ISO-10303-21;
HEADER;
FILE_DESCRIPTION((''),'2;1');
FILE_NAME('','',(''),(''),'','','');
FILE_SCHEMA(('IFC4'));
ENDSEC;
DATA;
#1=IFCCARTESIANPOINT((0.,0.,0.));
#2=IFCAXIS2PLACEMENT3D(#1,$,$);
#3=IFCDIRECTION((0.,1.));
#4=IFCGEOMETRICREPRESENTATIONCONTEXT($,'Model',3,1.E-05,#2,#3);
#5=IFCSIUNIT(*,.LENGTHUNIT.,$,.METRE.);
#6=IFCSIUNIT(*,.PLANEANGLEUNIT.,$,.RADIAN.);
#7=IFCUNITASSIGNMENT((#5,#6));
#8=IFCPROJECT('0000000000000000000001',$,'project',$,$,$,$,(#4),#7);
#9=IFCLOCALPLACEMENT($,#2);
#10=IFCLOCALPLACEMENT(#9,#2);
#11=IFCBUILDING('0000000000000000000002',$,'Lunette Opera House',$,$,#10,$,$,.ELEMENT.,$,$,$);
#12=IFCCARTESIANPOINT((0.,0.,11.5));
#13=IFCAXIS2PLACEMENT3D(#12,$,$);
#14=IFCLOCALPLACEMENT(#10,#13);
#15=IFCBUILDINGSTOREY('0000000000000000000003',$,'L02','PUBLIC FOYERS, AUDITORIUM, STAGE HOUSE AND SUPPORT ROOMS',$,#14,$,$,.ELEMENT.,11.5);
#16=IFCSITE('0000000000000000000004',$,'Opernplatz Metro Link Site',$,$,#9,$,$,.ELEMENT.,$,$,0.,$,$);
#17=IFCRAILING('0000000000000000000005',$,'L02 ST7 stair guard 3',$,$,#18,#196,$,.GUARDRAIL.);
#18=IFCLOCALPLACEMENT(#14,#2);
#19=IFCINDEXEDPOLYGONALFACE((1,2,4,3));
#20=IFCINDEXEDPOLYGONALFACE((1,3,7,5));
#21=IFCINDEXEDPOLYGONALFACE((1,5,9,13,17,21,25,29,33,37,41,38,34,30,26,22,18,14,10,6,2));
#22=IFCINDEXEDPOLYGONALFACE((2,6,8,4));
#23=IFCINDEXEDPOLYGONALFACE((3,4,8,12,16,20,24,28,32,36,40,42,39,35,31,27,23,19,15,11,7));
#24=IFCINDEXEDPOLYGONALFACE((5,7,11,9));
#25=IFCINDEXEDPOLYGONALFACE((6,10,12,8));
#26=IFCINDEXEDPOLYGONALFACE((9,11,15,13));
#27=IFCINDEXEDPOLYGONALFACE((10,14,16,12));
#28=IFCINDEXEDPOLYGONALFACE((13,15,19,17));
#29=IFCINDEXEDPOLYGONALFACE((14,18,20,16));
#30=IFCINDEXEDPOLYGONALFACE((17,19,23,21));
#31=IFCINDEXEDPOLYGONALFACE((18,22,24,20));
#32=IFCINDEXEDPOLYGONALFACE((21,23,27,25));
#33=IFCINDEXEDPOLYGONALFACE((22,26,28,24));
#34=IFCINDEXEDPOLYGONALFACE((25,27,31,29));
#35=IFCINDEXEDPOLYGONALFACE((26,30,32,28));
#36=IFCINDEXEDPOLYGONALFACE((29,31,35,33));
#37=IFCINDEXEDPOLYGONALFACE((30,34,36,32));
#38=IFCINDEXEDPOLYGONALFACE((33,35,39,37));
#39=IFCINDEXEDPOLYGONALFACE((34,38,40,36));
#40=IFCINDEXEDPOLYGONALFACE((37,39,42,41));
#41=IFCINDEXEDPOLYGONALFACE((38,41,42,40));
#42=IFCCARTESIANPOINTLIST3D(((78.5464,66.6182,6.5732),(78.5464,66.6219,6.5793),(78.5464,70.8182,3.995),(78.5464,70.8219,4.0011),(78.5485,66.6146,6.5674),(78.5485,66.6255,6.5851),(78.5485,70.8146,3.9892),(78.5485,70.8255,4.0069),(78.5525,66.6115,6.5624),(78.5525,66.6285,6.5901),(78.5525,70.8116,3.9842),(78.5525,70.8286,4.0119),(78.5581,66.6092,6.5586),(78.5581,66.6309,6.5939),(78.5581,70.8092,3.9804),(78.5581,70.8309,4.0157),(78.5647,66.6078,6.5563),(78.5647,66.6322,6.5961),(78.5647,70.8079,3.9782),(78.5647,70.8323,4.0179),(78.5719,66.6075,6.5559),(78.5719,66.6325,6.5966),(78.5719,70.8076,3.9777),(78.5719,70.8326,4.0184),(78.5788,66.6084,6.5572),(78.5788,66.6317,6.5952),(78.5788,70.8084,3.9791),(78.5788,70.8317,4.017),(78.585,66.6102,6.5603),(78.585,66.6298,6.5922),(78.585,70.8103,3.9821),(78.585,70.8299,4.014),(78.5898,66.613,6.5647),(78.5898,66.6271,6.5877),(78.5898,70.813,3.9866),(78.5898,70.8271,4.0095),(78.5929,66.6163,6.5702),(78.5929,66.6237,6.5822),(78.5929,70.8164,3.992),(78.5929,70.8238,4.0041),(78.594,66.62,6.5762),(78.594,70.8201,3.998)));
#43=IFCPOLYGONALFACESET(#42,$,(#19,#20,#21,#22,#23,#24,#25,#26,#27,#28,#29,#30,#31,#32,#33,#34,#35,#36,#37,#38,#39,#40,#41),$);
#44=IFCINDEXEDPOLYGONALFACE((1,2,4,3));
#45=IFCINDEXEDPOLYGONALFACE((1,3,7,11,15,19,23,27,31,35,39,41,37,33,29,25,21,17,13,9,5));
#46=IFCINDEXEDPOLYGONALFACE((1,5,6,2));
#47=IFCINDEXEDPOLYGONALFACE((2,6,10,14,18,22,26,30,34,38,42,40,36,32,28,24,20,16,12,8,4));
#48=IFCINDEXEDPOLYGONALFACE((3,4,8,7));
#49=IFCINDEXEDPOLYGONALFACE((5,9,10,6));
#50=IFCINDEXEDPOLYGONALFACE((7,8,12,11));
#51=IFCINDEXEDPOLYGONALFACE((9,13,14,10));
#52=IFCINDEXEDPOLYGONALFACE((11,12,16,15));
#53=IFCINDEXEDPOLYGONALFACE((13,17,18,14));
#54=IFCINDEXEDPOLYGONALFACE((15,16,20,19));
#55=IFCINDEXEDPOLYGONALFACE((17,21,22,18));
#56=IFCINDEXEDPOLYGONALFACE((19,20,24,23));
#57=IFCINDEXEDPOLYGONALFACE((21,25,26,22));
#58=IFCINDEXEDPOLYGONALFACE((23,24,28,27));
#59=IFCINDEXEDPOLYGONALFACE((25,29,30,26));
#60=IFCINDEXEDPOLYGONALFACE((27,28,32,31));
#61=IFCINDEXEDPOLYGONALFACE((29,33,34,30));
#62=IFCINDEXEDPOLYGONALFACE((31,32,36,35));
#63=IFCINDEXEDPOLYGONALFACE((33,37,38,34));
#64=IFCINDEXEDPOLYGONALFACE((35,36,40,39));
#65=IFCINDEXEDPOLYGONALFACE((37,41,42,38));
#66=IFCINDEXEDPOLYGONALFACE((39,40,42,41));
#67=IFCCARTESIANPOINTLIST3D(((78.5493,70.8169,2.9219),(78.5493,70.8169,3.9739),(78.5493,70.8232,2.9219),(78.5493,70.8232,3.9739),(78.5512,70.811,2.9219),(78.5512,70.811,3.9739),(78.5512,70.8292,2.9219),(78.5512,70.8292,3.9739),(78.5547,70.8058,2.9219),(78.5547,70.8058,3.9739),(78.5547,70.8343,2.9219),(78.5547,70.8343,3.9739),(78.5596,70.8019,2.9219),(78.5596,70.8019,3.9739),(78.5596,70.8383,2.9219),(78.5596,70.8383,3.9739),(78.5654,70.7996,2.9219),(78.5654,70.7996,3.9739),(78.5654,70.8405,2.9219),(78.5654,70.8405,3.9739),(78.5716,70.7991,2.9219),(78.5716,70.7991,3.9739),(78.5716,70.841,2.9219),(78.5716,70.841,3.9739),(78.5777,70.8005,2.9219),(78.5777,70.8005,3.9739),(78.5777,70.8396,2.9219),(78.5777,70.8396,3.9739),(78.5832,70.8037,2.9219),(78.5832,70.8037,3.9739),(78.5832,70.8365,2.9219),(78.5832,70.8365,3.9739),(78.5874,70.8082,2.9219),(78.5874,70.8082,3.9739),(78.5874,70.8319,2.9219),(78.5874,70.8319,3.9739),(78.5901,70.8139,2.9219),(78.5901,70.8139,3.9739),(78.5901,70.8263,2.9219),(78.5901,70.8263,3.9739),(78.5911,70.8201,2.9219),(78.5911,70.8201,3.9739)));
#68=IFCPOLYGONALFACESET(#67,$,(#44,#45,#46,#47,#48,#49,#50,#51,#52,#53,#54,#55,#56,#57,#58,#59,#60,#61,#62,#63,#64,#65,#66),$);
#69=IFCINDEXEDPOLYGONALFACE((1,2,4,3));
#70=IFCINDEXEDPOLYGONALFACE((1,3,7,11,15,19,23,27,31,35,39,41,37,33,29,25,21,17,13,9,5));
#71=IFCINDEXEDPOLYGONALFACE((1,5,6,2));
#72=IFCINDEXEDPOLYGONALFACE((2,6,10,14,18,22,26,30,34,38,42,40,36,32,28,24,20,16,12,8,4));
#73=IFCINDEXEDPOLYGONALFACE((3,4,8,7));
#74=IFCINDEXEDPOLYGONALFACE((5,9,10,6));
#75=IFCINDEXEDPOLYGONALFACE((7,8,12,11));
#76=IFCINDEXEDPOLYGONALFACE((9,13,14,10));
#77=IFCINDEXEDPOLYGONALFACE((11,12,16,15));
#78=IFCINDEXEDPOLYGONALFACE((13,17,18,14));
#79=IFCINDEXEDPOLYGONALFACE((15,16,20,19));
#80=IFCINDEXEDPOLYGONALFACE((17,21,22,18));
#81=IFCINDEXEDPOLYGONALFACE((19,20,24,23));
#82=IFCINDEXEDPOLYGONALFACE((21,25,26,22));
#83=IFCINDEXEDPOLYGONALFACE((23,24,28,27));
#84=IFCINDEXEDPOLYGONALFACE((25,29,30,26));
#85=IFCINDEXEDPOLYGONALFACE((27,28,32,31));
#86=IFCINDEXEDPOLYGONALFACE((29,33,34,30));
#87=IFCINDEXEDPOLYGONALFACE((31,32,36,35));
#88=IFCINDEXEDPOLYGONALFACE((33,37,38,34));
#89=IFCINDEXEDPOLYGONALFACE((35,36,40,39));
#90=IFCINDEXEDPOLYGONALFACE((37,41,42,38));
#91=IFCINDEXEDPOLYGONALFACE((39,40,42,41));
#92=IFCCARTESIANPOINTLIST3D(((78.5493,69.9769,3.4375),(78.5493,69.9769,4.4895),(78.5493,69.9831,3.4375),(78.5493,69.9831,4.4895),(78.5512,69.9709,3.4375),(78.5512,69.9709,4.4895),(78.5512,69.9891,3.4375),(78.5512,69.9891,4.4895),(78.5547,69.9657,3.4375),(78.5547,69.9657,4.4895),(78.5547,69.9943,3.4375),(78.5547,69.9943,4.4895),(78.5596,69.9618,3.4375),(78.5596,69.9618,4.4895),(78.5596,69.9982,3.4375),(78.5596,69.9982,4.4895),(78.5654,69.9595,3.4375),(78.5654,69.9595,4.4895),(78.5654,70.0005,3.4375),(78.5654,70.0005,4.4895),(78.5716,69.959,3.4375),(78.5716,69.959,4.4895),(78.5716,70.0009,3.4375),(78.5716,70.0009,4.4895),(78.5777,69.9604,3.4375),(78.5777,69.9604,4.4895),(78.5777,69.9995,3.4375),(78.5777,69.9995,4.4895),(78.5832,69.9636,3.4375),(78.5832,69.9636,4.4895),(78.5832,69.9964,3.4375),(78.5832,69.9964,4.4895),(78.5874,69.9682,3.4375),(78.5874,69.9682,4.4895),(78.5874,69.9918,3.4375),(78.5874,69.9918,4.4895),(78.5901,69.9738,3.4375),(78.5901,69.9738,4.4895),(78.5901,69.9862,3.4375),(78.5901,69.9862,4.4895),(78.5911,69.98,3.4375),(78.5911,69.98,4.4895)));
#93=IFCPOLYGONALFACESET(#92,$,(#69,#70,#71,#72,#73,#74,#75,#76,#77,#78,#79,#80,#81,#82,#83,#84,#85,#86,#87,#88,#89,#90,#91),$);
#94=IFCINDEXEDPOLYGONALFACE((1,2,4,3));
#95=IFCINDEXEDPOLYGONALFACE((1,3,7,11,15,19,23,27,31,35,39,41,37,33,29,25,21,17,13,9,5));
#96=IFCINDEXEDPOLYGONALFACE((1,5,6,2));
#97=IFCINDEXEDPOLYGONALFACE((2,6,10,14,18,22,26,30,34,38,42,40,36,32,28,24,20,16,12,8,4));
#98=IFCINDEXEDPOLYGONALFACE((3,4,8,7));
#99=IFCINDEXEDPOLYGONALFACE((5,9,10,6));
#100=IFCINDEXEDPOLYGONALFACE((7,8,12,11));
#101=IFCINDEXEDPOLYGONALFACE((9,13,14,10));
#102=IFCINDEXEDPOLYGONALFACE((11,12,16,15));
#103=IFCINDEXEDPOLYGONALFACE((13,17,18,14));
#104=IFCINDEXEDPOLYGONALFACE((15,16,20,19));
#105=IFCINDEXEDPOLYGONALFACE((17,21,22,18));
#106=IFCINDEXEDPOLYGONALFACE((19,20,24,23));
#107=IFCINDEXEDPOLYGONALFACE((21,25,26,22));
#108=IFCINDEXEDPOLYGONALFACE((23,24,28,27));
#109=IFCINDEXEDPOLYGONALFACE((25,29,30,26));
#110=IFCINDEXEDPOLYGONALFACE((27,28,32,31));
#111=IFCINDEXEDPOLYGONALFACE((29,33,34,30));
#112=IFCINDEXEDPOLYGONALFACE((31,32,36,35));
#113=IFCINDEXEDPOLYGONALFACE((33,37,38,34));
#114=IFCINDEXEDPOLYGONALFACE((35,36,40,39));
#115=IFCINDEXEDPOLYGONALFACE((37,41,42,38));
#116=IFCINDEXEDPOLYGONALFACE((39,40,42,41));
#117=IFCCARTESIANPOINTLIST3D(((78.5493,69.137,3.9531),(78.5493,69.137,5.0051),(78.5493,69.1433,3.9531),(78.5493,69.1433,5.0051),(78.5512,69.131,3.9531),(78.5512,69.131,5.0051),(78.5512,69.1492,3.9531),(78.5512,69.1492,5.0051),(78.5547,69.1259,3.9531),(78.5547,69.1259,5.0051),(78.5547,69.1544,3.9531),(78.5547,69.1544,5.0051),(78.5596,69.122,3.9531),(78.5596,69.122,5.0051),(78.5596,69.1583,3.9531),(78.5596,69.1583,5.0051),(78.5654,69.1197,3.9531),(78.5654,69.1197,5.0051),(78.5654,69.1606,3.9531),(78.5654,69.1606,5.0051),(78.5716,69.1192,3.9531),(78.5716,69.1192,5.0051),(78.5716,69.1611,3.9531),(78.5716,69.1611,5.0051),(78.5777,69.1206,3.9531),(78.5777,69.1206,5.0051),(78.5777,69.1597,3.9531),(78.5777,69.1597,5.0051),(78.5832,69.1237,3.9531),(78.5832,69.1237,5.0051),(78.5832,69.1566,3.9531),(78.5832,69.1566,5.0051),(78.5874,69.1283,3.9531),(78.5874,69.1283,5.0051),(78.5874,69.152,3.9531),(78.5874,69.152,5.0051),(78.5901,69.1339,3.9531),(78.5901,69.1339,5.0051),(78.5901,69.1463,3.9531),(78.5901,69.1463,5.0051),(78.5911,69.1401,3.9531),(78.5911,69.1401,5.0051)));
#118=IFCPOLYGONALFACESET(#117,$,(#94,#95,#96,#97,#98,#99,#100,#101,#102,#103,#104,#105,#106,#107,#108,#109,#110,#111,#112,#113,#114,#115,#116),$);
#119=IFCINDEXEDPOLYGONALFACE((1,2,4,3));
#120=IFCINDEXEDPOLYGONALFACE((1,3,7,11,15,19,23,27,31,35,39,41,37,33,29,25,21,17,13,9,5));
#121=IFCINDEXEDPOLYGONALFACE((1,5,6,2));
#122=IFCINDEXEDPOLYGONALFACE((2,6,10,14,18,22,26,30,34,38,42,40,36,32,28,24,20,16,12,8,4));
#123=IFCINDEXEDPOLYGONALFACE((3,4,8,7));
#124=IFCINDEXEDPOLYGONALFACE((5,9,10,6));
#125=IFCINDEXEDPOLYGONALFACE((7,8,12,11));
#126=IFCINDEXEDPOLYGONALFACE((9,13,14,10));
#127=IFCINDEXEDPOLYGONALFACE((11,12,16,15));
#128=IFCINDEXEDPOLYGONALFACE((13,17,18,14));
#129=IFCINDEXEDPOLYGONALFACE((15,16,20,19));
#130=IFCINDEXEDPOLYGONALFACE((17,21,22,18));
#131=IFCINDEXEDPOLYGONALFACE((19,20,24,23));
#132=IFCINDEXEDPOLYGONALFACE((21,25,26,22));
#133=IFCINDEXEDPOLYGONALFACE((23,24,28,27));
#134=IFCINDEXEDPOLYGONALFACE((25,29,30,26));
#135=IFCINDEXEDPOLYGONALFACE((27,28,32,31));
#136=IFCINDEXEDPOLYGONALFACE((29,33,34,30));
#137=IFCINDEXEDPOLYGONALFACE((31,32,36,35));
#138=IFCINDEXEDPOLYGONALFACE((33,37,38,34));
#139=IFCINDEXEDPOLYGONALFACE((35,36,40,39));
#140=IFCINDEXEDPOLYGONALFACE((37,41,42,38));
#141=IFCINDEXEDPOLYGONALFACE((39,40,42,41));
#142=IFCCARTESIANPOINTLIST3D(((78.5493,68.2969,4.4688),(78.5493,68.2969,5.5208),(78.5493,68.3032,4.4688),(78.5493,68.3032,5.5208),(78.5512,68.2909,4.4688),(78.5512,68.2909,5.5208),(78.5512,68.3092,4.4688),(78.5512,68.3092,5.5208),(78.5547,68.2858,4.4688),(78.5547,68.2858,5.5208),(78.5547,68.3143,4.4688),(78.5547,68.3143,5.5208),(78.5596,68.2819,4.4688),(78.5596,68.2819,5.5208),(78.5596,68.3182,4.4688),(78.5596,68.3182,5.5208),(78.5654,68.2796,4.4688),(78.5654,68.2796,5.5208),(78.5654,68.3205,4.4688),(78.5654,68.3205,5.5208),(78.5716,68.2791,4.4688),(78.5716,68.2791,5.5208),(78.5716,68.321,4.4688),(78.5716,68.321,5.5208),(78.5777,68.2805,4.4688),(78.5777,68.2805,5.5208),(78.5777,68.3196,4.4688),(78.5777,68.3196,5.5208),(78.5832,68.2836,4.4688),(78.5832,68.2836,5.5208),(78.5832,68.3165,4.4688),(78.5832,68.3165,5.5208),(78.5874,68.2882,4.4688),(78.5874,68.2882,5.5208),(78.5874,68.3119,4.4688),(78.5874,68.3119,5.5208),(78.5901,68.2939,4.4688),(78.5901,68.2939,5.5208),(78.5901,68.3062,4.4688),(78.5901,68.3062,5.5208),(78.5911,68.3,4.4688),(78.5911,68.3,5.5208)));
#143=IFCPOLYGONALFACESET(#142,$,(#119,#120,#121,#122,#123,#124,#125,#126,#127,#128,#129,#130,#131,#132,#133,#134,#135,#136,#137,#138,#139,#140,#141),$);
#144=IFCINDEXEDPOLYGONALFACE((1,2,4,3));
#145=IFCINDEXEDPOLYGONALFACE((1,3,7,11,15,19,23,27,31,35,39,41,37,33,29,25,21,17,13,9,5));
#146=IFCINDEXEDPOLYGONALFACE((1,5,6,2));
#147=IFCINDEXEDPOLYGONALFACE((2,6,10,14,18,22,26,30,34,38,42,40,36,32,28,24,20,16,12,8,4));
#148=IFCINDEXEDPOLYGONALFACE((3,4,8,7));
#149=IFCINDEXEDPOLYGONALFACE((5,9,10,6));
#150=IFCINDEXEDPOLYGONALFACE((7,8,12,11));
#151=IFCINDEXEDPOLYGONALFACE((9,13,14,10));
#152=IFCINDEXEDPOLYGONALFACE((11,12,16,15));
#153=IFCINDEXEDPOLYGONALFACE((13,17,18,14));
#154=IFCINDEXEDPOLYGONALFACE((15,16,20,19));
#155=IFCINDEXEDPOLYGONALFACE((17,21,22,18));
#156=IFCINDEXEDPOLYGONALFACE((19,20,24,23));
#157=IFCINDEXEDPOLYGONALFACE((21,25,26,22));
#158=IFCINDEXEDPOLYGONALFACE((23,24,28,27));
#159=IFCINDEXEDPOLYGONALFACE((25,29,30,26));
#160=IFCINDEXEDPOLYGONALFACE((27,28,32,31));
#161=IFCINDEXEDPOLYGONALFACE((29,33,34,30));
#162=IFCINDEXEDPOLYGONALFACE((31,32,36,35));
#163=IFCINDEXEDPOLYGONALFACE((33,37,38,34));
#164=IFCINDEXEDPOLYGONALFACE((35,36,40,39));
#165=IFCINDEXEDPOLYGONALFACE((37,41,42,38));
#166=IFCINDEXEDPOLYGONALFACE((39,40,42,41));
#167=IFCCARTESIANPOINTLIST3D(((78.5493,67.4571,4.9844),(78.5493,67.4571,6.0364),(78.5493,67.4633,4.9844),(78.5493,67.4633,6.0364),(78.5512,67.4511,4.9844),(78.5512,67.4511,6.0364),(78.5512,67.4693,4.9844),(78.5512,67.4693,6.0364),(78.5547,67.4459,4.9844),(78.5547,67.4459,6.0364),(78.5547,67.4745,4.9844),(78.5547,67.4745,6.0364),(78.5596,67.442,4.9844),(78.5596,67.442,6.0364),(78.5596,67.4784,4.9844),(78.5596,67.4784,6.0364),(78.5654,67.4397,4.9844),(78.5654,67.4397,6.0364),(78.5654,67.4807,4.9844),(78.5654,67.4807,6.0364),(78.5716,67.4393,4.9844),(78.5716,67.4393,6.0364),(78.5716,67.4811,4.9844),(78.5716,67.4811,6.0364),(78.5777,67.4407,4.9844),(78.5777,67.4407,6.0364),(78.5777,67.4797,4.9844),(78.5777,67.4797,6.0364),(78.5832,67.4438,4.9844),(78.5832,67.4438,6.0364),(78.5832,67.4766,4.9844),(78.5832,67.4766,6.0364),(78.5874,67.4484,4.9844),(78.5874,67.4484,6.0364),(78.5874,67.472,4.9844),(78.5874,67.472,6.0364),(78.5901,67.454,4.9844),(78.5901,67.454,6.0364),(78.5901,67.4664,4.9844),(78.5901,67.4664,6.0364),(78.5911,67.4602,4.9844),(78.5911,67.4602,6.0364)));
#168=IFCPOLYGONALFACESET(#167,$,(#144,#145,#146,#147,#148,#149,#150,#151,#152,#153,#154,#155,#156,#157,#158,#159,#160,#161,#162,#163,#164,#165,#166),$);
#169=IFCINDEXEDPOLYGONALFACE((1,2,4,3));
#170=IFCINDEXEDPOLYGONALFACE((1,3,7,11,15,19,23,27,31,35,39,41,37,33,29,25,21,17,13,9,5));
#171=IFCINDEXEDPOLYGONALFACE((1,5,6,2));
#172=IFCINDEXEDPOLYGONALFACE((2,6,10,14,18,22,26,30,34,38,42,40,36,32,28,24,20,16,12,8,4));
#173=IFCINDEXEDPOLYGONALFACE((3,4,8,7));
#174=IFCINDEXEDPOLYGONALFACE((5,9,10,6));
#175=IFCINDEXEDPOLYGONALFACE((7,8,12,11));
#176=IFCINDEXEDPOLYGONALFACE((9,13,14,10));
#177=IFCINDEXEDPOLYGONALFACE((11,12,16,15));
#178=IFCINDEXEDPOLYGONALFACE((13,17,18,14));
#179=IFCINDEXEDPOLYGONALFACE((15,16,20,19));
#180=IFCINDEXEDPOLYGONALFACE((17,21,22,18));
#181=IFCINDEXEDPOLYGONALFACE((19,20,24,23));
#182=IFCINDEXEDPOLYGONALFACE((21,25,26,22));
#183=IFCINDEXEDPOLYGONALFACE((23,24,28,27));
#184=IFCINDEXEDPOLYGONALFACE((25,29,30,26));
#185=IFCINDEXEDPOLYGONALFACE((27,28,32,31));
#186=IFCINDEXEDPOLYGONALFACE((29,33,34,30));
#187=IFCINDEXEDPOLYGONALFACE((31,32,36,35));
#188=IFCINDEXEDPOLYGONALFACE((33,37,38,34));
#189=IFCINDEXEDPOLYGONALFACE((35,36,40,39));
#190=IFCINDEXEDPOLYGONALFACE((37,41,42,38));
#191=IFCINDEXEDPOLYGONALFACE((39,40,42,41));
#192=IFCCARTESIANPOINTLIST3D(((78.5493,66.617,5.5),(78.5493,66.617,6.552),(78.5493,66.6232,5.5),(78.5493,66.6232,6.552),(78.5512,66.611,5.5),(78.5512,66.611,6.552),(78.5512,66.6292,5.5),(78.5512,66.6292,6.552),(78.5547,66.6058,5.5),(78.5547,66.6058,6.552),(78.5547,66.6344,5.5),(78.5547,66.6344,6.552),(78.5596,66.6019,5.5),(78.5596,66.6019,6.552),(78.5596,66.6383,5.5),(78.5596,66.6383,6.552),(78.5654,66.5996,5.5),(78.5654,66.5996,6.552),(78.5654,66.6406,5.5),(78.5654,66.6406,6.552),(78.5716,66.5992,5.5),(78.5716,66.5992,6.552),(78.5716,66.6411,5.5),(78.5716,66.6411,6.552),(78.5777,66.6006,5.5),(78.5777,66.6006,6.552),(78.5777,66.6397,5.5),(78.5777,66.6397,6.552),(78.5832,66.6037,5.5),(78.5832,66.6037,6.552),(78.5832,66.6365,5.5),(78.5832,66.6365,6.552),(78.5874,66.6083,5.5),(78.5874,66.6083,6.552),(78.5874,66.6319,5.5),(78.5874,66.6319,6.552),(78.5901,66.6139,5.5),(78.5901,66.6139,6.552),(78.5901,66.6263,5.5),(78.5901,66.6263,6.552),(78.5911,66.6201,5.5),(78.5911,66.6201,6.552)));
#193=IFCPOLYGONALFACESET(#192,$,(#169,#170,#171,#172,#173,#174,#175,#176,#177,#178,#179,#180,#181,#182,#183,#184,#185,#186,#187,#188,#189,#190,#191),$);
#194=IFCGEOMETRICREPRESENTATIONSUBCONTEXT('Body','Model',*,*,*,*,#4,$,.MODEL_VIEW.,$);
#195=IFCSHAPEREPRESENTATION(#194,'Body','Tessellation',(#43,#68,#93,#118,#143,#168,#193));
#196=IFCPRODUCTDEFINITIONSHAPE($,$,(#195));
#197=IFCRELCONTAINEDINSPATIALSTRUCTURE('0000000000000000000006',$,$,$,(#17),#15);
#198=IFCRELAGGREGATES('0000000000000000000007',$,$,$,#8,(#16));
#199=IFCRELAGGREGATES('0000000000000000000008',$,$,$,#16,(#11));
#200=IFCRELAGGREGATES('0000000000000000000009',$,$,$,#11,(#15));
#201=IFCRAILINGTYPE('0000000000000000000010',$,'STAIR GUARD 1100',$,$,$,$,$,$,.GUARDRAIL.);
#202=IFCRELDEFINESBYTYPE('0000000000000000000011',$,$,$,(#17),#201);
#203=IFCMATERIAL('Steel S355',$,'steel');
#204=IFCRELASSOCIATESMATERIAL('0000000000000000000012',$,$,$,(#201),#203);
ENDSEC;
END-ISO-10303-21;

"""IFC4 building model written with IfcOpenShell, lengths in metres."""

from ifc_helpers import new_model, si_unit, direction, frame, origin, origin_2d, place, context, subcontext, project, spatial, circle, extrude, material, type_object, element, save


model = new_model("IFC4")

# Units and contexts
model_context = context("Model", 3, precision=1e-05, world=origin(), true_north=direction((0.0, 1.0)))
body_context = subcontext(model_context, "Body", "Model", "MODEL_VIEW")
ifc_project = project(units=[si_unit("LENGTHUNIT", "METRE"), si_unit("PLANEANGLEUNIT", "RADIAN")], contexts=[model_context])

# Site, building, storey
site_placement = place(None, origin())
site = spatial("IfcSite", under=ifc_project, at=site_placement, Name="Opernplatz Metro Link Site", CompositionType="ELEMENT", RefElevation=0.0)
building_placement = place(site_placement, origin())
building = spatial("IfcBuilding", under=site, at=building_placement, Name="Lunette Opera House", CompositionType="ELEMENT")
storey_placement = place(building_placement, frame((0.0, 0.0, 11.5)))
storey = spatial("IfcBuildingStorey", under=building, at=storey_placement, Name="L02", Description="PUBLIC FOYERS, AUDITORIUM, STAGE HOUSE AND SUPPORT ROOMS", CompositionType="ELEMENT", Elevation=11.5)

# Railing
ifc_material_1 = material(Name="Steel S355", Category="steel")
railing_type_1 = type_object("IfcRailingType", Name="STAIR GUARD 1100", PredefinedType="GUARDRAIL", material=ifc_material_1)
railing_1_placement = place(storey_placement, frame((78.5701, 70.8201, 2.9219)))
element("IfcRailing", 1, at=railing_1_placement, inside=storey, type_object=railing_type_1, Name="L02 ST7 stair guard 3", PredefinedType="GUARDRAIL", context=body_context, shape_type="SweptSolid", body=[
    extrude(circle(Radius=0.0239, at=origin_2d()), frame((0.0, 0.0, 1.0762), z_axis=(0.0, -0.852243, 0.523146), x_axis=(1.0, 0.0, 0.0)), (0.0, 0.0, 1.0), 4.9282),
    extrude(circle(Radius=0.021, at=origin_2d()), origin(), (0.0, 0.0, 1.0), 1.052),
    extrude(circle(Radius=0.021, at=origin_2d()), frame((0.0, -0.8401, 0.5156)), (0.0, 0.0, 1.0), 1.052),
    extrude(circle(Radius=0.021, at=origin_2d()), frame((0.0, -1.6799, 1.0312)), (0.0, 0.0, 1.0), 1.052),
    extrude(circle(Radius=0.021, at=origin_2d()), frame((0.0, -2.52, 1.5469)), (0.0, 0.0, 1.0), 1.052),
    extrude(circle(Radius=0.021, at=origin_2d()), frame((0.0, -3.3599, 2.0625)), (0.0, 0.0, 1.0), 1.052),
    extrude(circle(Radius=0.021, at=origin_2d()), frame((0.0, -4.2, 2.5781)), (0.0, 0.0, 1.0), 1.052),
])

save(model, "model.ifc")
